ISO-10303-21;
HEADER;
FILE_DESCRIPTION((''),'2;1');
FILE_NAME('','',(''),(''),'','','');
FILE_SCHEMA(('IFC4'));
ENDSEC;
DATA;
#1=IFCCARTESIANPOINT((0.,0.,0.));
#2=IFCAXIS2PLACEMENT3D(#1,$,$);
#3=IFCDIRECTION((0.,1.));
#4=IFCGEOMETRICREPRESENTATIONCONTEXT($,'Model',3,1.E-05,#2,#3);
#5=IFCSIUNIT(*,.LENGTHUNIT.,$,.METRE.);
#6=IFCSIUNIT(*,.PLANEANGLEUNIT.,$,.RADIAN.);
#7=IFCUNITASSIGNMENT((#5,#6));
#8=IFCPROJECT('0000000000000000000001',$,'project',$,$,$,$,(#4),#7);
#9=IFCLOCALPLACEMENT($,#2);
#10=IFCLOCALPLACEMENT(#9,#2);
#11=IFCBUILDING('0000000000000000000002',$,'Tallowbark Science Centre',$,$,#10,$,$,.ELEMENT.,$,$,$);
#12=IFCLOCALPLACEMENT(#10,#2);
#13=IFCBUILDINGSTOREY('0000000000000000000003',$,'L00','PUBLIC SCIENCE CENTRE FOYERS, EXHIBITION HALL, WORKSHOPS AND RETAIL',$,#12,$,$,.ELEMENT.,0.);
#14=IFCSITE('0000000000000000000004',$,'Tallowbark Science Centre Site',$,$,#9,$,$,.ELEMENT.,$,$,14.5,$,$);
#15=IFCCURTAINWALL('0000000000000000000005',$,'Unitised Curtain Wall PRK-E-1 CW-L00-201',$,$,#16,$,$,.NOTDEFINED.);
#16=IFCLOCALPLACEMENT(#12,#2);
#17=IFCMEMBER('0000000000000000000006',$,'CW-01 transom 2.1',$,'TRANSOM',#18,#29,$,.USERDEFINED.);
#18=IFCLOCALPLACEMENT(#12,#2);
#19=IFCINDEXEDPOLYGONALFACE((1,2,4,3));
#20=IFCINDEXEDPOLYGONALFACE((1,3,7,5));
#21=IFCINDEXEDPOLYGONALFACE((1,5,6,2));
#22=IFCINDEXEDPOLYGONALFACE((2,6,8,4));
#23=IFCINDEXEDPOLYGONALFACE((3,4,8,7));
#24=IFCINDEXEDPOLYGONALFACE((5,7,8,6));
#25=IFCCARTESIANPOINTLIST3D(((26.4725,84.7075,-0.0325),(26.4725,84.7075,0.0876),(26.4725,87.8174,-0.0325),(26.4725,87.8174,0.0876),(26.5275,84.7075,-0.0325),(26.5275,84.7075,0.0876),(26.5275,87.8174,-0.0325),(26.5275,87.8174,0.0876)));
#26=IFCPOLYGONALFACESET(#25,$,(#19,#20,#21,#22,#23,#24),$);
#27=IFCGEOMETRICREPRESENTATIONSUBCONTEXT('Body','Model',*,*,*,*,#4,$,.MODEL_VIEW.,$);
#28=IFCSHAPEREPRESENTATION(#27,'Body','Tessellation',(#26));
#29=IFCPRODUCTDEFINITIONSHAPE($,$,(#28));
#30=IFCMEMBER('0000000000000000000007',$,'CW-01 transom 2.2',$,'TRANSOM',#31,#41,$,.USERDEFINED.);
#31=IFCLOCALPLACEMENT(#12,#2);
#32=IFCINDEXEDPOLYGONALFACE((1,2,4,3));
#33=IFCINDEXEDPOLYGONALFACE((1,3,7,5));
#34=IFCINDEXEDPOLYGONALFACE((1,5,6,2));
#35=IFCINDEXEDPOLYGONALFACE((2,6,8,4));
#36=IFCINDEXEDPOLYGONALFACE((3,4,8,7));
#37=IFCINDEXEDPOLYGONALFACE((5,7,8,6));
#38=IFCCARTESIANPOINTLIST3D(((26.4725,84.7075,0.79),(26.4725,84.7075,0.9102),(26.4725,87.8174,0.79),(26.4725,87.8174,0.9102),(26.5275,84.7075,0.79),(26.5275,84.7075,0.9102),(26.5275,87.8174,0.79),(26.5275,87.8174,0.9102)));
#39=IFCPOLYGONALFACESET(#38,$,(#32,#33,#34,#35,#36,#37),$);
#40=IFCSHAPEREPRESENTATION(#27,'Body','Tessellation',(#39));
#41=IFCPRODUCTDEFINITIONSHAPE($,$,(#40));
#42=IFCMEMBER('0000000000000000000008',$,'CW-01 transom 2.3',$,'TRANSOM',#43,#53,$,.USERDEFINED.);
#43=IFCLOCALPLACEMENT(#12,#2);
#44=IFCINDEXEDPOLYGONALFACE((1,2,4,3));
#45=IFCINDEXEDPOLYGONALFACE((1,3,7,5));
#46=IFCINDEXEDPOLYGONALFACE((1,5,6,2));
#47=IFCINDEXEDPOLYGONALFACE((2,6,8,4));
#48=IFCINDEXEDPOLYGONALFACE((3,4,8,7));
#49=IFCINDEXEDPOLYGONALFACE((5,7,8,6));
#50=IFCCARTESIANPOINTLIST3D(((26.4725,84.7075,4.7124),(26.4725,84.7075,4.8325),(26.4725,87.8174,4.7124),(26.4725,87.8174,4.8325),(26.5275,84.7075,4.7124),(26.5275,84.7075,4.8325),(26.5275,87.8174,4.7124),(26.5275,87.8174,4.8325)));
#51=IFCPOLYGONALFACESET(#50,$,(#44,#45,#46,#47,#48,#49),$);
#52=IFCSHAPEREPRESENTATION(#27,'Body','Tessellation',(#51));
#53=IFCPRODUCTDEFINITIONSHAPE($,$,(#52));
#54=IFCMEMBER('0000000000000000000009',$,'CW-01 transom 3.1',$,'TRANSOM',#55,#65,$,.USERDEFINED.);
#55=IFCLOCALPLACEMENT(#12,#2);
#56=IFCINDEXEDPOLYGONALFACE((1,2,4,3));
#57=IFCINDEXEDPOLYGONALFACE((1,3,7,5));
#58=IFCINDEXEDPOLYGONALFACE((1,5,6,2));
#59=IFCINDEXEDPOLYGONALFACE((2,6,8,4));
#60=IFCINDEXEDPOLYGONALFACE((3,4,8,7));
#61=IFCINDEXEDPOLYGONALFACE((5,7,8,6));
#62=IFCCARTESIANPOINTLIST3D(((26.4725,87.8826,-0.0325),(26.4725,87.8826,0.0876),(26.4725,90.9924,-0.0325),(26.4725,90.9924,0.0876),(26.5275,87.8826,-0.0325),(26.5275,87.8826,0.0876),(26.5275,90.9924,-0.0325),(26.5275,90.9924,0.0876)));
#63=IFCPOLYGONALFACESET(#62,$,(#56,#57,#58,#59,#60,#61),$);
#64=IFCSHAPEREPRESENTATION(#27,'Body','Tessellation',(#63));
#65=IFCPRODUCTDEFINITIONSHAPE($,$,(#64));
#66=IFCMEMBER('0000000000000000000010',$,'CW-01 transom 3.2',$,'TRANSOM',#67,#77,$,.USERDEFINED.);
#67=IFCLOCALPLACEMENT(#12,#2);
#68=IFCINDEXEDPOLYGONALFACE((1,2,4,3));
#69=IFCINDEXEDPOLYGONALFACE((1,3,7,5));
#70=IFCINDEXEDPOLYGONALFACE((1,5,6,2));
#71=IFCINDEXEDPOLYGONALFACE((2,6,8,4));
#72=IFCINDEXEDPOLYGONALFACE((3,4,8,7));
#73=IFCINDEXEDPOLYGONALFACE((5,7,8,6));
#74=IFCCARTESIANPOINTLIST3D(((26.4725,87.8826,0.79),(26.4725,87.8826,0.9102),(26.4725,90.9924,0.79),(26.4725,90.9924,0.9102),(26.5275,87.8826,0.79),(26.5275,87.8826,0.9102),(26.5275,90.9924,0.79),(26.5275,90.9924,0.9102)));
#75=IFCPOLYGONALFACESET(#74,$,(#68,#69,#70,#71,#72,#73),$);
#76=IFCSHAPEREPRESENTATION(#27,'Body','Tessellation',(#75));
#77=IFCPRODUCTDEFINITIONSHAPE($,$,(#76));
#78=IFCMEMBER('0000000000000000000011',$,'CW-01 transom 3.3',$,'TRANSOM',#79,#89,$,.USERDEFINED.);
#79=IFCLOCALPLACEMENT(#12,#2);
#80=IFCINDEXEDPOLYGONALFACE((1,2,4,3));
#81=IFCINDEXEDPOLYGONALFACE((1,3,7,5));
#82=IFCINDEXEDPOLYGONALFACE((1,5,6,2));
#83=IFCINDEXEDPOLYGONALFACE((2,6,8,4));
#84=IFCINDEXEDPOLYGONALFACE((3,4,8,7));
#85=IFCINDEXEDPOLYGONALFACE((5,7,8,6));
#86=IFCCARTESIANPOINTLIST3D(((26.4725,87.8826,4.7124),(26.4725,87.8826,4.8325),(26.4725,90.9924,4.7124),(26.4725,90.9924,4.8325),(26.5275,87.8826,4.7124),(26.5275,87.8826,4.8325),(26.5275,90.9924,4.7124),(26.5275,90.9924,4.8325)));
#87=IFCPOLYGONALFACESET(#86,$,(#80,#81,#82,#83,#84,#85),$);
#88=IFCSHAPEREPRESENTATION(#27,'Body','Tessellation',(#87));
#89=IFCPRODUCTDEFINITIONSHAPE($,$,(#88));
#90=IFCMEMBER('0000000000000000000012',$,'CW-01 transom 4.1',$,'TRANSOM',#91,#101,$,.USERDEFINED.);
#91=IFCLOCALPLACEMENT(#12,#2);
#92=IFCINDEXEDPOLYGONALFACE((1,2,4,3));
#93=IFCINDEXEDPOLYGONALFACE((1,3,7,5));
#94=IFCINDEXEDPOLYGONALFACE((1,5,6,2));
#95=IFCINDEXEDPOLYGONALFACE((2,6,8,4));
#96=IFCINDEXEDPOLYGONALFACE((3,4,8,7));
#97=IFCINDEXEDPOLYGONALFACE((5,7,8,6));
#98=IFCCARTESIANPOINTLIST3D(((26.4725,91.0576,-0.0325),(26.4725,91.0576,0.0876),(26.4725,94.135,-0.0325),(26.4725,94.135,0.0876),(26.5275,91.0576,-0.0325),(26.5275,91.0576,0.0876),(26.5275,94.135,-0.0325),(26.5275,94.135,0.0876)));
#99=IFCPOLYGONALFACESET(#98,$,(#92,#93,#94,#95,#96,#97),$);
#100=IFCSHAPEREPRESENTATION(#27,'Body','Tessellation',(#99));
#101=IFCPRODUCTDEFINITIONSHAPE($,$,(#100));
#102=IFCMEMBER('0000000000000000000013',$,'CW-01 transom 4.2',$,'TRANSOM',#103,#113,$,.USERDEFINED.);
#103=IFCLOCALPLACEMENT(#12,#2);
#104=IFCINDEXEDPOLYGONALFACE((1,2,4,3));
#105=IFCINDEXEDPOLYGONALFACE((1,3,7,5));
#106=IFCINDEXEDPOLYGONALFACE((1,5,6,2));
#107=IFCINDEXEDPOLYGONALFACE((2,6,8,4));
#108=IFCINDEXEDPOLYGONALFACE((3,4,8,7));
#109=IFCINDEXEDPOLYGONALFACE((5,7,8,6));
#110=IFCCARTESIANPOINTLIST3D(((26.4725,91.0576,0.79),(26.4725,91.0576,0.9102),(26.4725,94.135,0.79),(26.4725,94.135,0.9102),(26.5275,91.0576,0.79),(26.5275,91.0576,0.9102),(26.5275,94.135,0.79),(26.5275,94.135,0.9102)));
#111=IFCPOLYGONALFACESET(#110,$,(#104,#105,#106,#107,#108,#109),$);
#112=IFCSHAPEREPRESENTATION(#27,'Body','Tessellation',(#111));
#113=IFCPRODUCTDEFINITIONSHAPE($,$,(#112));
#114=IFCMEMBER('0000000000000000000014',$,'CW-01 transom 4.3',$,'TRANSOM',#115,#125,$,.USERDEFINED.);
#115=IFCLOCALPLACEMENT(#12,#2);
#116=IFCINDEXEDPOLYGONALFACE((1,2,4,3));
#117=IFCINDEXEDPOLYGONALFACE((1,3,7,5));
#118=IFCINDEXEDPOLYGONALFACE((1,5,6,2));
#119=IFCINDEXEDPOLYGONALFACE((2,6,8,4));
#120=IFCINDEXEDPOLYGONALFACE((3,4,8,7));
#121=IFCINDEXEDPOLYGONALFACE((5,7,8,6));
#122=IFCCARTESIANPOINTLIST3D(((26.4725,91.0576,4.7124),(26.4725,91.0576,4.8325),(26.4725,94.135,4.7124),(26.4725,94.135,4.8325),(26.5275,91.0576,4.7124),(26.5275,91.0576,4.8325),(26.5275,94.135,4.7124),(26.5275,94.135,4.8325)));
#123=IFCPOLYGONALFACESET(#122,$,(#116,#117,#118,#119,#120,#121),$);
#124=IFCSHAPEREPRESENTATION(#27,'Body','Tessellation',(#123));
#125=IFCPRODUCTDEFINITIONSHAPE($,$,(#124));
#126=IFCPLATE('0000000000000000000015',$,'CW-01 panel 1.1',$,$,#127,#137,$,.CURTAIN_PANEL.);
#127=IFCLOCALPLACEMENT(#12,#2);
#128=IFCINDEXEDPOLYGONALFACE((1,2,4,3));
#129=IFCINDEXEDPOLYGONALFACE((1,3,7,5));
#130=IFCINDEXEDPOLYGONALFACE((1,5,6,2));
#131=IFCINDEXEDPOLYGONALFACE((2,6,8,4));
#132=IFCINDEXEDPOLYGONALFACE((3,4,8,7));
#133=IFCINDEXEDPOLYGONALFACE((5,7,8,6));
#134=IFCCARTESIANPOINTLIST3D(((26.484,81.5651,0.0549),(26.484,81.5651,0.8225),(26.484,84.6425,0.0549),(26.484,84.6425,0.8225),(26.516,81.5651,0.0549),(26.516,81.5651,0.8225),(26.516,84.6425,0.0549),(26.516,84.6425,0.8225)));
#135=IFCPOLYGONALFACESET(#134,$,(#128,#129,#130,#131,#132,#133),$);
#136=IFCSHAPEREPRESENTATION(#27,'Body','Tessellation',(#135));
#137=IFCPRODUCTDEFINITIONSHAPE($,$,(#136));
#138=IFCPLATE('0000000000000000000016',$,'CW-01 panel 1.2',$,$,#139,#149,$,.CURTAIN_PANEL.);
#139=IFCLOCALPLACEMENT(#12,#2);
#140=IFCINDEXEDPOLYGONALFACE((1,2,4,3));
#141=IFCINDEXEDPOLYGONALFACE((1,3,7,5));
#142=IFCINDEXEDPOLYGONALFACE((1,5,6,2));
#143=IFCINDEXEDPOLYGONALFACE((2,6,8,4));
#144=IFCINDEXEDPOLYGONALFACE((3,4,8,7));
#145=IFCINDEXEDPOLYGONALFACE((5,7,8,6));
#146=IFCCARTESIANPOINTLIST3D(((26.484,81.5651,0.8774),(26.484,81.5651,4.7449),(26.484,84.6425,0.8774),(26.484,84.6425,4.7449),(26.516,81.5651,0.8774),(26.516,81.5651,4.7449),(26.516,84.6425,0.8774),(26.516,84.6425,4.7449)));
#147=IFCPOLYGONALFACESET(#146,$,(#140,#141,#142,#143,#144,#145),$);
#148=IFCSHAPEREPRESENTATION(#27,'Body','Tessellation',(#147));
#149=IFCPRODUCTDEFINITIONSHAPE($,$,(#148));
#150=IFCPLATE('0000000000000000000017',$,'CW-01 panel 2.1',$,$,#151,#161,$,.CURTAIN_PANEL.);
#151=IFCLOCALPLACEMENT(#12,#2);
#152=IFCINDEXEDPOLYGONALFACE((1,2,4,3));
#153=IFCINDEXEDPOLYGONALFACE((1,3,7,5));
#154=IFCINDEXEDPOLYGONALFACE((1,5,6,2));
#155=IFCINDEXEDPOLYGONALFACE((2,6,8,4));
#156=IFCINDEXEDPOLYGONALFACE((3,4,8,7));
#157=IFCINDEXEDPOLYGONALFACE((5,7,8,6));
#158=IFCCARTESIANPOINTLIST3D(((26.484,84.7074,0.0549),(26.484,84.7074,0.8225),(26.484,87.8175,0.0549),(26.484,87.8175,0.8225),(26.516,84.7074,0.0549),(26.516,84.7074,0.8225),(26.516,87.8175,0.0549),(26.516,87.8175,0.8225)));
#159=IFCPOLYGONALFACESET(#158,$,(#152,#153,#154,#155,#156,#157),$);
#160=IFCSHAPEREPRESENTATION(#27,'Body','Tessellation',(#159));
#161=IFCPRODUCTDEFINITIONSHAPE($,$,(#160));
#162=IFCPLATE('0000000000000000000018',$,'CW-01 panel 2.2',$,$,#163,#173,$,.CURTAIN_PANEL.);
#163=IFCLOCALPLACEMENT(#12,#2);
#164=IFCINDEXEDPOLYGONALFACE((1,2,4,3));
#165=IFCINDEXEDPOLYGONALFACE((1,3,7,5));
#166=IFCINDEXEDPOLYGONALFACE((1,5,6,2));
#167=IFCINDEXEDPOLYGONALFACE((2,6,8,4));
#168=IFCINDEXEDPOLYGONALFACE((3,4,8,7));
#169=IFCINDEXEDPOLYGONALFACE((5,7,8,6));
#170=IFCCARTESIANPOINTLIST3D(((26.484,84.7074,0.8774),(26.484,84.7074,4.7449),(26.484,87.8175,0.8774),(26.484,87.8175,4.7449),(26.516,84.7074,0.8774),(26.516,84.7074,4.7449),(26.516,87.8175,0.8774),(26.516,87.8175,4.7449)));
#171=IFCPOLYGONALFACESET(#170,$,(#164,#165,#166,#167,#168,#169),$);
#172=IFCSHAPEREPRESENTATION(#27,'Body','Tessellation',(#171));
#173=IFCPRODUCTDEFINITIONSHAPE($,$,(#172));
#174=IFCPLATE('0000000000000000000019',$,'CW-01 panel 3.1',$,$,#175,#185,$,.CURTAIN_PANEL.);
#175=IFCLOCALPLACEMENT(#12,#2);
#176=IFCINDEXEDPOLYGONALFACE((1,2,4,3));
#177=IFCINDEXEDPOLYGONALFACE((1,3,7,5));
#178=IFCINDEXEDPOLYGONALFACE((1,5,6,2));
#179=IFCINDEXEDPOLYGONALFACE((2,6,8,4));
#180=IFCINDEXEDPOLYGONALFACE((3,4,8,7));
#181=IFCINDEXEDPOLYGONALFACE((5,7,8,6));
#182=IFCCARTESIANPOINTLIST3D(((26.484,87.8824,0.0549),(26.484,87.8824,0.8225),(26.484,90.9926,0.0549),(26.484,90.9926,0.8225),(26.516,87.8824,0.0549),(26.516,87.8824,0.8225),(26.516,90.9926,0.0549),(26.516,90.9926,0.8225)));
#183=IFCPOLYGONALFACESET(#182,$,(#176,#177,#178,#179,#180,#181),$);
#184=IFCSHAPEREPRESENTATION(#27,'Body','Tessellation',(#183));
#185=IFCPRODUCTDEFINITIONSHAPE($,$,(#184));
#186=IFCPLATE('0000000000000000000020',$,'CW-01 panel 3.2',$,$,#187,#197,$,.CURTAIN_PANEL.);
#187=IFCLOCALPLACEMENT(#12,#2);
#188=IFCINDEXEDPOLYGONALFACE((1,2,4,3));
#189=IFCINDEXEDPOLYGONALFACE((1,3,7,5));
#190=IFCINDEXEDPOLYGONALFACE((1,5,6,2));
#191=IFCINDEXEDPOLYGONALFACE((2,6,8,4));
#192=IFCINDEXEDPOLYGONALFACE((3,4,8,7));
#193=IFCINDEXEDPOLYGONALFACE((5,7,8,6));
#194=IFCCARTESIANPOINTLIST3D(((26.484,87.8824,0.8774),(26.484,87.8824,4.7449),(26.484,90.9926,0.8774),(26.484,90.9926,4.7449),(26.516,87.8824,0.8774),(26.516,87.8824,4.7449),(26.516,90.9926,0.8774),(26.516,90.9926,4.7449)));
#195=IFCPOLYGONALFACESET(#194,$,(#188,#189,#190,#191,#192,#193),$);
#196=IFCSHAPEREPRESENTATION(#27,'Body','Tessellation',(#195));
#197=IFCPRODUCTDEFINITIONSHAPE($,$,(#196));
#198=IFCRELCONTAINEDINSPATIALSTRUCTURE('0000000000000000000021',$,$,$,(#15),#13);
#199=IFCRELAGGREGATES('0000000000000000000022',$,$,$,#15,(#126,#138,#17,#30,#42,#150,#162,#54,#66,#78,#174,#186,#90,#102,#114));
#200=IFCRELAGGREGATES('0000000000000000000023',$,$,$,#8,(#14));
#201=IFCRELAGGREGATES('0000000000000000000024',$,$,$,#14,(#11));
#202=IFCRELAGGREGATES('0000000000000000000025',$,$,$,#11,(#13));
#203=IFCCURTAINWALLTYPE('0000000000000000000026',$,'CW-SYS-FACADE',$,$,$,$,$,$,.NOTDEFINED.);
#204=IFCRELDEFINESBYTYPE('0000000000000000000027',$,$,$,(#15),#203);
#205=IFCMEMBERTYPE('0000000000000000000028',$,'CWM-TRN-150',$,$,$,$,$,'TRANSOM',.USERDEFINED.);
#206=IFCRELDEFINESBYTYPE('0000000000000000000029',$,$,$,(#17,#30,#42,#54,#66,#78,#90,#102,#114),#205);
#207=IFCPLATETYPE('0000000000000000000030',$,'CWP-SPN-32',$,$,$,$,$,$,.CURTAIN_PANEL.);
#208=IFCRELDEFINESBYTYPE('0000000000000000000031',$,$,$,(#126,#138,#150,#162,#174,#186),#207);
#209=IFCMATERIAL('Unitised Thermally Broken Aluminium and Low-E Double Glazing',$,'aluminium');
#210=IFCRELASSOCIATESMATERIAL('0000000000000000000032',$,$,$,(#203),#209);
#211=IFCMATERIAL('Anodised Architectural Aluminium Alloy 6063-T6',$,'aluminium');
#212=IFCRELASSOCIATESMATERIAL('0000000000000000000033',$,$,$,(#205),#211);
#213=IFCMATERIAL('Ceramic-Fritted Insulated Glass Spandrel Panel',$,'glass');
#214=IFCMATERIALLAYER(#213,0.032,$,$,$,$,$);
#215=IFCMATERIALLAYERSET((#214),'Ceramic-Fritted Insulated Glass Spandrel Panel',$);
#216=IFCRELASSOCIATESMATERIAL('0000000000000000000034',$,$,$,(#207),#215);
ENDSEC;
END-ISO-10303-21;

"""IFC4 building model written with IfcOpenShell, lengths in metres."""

from ifc_helpers import new_model, si_unit, direction, frame, origin, origin_2d, place, context, subcontext, project, spatial, rectangle, extrude, material, layer, layer_set, material_profile, profile_set, type_object, element, aggregate, save


model = new_model("IFC4")

# Units and contexts
model_context = context("Model", 3, precision=1e-05, world=origin(), true_north=direction((0.0, 1.0)))
body_context = subcontext(model_context, "Body", "Model", "MODEL_VIEW")
ifc_project = project(units=[si_unit("LENGTHUNIT", "METRE"), si_unit("PLANEANGLEUNIT", "RADIAN")], contexts=[model_context])

# Site, building, storey
site_placement = place(None, origin())
site = spatial("IfcSite", under=ifc_project, at=site_placement, Name="Tallowbark Science Centre Site", CompositionType="ELEMENT", RefElevation=14.5)
building_placement = place(site_placement, origin())
building = spatial("IfcBuilding", under=site, at=building_placement, Name="Tallowbark Science Centre", CompositionType="ELEMENT")
storey_placement = place(building_placement, origin())
storey = spatial("IfcBuildingStorey", under=building, at=storey_placement, Name="L00", Description="PUBLIC SCIENCE CENTRE FOYERS, EXHIBITION HALL, WORKSHOPS AND RETAIL", CompositionType="ELEMENT", Elevation=0.0)

# Curtain wall, members, plates
ifc_material_1 = material(Name="Unitised Thermally Broken Aluminium and Low-E Double Glazing", Category="aluminium")
curtain_wall_type = type_object("IfcCurtainWallType", Name="CW-SYS-FACADE", PredefinedType="NOTDEFINED", material=ifc_material_1)
curtain_wall_placement = place(storey_placement, origin())
curtain_wall = element("IfcCurtainWall", 1, at=curtain_wall_placement, inside=storey, type_object=curtain_wall_type, Name="Unitised Curtain Wall PRK-E-1 CW-L00-201", PredefinedType="NOTDEFINED")
ifc_material_2 = material(Name="Anodised Architectural Aluminium Alloy 6063-T6", Category="aluminium")
ifc_material_profile_1 = material_profile(ifc_material_2, rectangle(XDim=0.0549, YDim=0.1201, at=origin_2d()), Name="ALU55x120")
ifc_profile_set_1 = profile_set([ifc_material_profile_1], Name="Anodised Architectural Aluminium Alloy 6063-T6")
member_type_1 = type_object("IfcMemberType", Name="CWM-TRN-150", ElementType="TRANSOM", PredefinedType="USERDEFINED", material=ifc_profile_set_1)
member_1_placement = place(storey_placement, frame((26.5, 84.7075, 0.0276), z_axis=(0.0, 1.0, 0.0), x_axis=(-1.0, 0.0, 0.0)))
member_1 = element("IfcMember", 2, at=member_1_placement, type_object=member_type_1, Name="CW-01 transom 2.1", ObjectType="TRANSOM", PredefinedType="USERDEFINED", context=body_context, shape_type="SweptSolid", body=[
    extrude(rectangle(XDim=0.0549, YDim=0.1201, at=origin_2d()), origin(), (0.0, 0.0, 1.0), 3.1099),
])
member_2_placement = place(storey_placement, frame((26.5, 84.7075, 0.8501), z_axis=(0.0, 1.0, 0.0), x_axis=(-1.0, 0.0, 0.0)))
member_2 = element("IfcMember", 3, at=member_2_placement, type_object=member_type_1, Name="CW-01 transom 2.2", ObjectType="TRANSOM", PredefinedType="USERDEFINED", context=body_context, shape_type="SweptSolid", body=[
    extrude(rectangle(XDim=0.0549, YDim=0.1201, at=origin_2d()), origin(), (0.0, 0.0, 1.0), 3.1099),
])
member_3_placement = place(storey_placement, frame((26.5, 84.7075, 4.7725), z_axis=(0.0, 1.0, 0.0), x_axis=(-1.0, 0.0, 0.0)))
member_3 = element("IfcMember", 4, at=member_3_placement, type_object=member_type_1, Name="CW-01 transom 2.3", ObjectType="TRANSOM", PredefinedType="USERDEFINED", context=body_context, shape_type="SweptSolid", body=[
    extrude(rectangle(XDim=0.0549, YDim=0.1201, at=origin_2d()), origin(), (0.0, 0.0, 1.0), 3.1099),
])
member_4_placement = place(storey_placement, frame((26.5, 87.8826, 0.0276), z_axis=(0.0, 1.0, 0.0), x_axis=(-1.0, 0.0, 0.0)))
member_4 = element("IfcMember", 5, at=member_4_placement, type_object=member_type_1, Name="CW-01 transom 3.1", ObjectType="TRANSOM", PredefinedType="USERDEFINED", context=body_context, shape_type="SweptSolid", body=[
    extrude(rectangle(XDim=0.0549, YDim=0.1201, at=origin_2d()), origin(), (0.0, 0.0, 1.0), 3.1099),
])
member_5_placement = place(storey_placement, frame((26.5, 87.8826, 0.8501), z_axis=(0.0, 1.0, 0.0), x_axis=(-1.0, 0.0, 0.0)))
member_5 = element("IfcMember", 6, at=member_5_placement, type_object=member_type_1, Name="CW-01 transom 3.2", ObjectType="TRANSOM", PredefinedType="USERDEFINED", context=body_context, shape_type="SweptSolid", body=[
    extrude(rectangle(XDim=0.0549, YDim=0.1201, at=origin_2d()), origin(), (0.0, 0.0, 1.0), 3.1099),
])
member_6_placement = place(storey_placement, frame((26.5, 87.8826, 4.7725), z_axis=(0.0, 1.0, 0.0), x_axis=(-1.0, 0.0, 0.0)))
member_6 = element("IfcMember", 7, at=member_6_placement, type_object=member_type_1, Name="CW-01 transom 3.3", ObjectType="TRANSOM", PredefinedType="USERDEFINED", context=body_context, shape_type="SweptSolid", body=[
    extrude(rectangle(XDim=0.0549, YDim=0.1201, at=origin_2d()), origin(), (0.0, 0.0, 1.0), 3.1099),
])
member_7_placement = place(storey_placement, frame((26.5, 91.0576, 0.0276), z_axis=(0.0, 1.0, 0.0), x_axis=(-1.0, 0.0, 0.0)))
member_7 = element("IfcMember", 8, at=member_7_placement, type_object=member_type_1, Name="CW-01 transom 4.1", ObjectType="TRANSOM", PredefinedType="USERDEFINED", context=body_context, shape_type="SweptSolid", body=[
    extrude(rectangle(XDim=0.0549, YDim=0.1201, at=origin_2d()), origin(), (0.0, 0.0, 1.0), 3.0774),
])
member_8_placement = place(storey_placement, frame((26.5, 91.0576, 0.8501), z_axis=(0.0, 1.0, 0.0), x_axis=(-1.0, 0.0, 0.0)))
member_8 = element("IfcMember", 9, at=member_8_placement, type_object=member_type_1, Name="CW-01 transom 4.2", ObjectType="TRANSOM", PredefinedType="USERDEFINED", context=body_context, shape_type="SweptSolid", body=[
    extrude(rectangle(XDim=0.0549, YDim=0.1201, at=origin_2d()), origin(), (0.0, 0.0, 1.0), 3.0774),
])
member_9_placement = place(storey_placement, frame((26.5, 91.0576, 4.7725), z_axis=(0.0, 1.0, 0.0), x_axis=(-1.0, 0.0, 0.0)))
member_9 = element("IfcMember", 10, at=member_9_placement, type_object=member_type_1, Name="CW-01 transom 4.3", ObjectType="TRANSOM", PredefinedType="USERDEFINED", context=body_context, shape_type="SweptSolid", body=[
    extrude(rectangle(XDim=0.0549, YDim=0.1201, at=origin_2d()), origin(), (0.0, 0.0, 1.0), 3.0774),
])
ifc_material_3 = material(Name="Ceramic-Fritted Insulated Glass Spandrel Panel", Category="glass")
ifc_layer_1 = layer(ifc_material_3, 0.032)
ifc_layer_set_1 = layer_set([ifc_layer_1], Name="Ceramic-Fritted Insulated Glass Spandrel Panel")
plate_type = type_object("IfcPlateType", Name="CWP-SPN-32", PredefinedType="CURTAIN_PANEL", material=ifc_layer_set_1)
plate_1_placement = place(storey_placement, frame((26.5, 83.1038, 0.0549), z_axis=(0.0, 0.0, 1.0), x_axis=(0.0, 1.0, 0.0)))
plate_1 = element("IfcPlate", 11, at=plate_1_placement, type_object=plate_type, Name="CW-01 panel 1.1", PredefinedType="CURTAIN_PANEL", context=body_context, shape_type="SweptSolid", body=[
    extrude(rectangle(XDim=3.0774, YDim=0.032, at=origin_2d()), origin(), (0.0, 0.0, 1.0), 0.7676),
])
plate_2_placement = place(storey_placement, frame((26.5, 83.1038, 0.8774), z_axis=(0.0, 0.0, 1.0), x_axis=(0.0, 1.0, 0.0)))
plate_2 = element("IfcPlate", 12, at=plate_2_placement, type_object=plate_type, Name="CW-01 panel 1.2", PredefinedType="CURTAIN_PANEL", context=body_context, shape_type="SweptSolid", body=[
    extrude(rectangle(XDim=3.0774, YDim=0.032, at=origin_2d()), origin(), (0.0, 0.0, 1.0), 3.8674),
])
plate_3_placement = place(storey_placement, frame((26.5, 86.2625, 0.0549), z_axis=(0.0, 0.0, 1.0), x_axis=(0.0, 1.0, 0.0)))
plate_3 = element("IfcPlate", 13, at=plate_3_placement, type_object=plate_type, Name="CW-01 panel 2.1", PredefinedType="CURTAIN_PANEL", context=body_context, shape_type="SweptSolid", body=[
    extrude(rectangle(XDim=3.1101, YDim=0.032, at=origin_2d()), origin(), (0.0, 0.0, 1.0), 0.7676),
])
plate_4_placement = place(storey_placement, frame((26.5, 86.2625, 0.8774), z_axis=(0.0, 0.0, 1.0), x_axis=(0.0, 1.0, 0.0)))
plate_4 = element("IfcPlate", 14, at=plate_4_placement, type_object=plate_type, Name="CW-01 panel 2.2", PredefinedType="CURTAIN_PANEL", context=body_context, shape_type="SweptSolid", body=[
    extrude(rectangle(XDim=3.1101, YDim=0.032, at=origin_2d()), origin(), (0.0, 0.0, 1.0), 3.8674),
])
plate_5_placement = place(storey_placement, frame((26.5, 89.4375, 0.0549), z_axis=(0.0, 0.0, 1.0), x_axis=(0.0, 1.0, 0.0)))
plate_5 = element("IfcPlate", 15, at=plate_5_placement, type_object=plate_type, Name="CW-01 panel 3.1", PredefinedType="CURTAIN_PANEL", context=body_context, shape_type="SweptSolid", body=[
    extrude(rectangle(XDim=3.1101, YDim=0.032, at=origin_2d()), origin(), (0.0, 0.0, 1.0), 0.7676),
])
plate_6_placement = place(storey_placement, frame((26.5, 89.4375, 0.8774), z_axis=(0.0, 0.0, 1.0), x_axis=(0.0, 1.0, 0.0)))
plate_6 = element("IfcPlate", 16, at=plate_6_placement, type_object=plate_type, Name="CW-01 panel 3.2", PredefinedType="CURTAIN_PANEL", context=body_context, shape_type="SweptSolid", body=[
    extrude(rectangle(XDim=3.1101, YDim=0.032, at=origin_2d()), origin(), (0.0, 0.0, 1.0), 3.8674),
])
aggregate(curtain_wall, [plate_1, plate_2, member_1, member_2, member_3, plate_3, plate_4, member_4, member_5, member_6, plate_5, plate_6, member_7, member_8, member_9])

save(model, "model.ifc")
